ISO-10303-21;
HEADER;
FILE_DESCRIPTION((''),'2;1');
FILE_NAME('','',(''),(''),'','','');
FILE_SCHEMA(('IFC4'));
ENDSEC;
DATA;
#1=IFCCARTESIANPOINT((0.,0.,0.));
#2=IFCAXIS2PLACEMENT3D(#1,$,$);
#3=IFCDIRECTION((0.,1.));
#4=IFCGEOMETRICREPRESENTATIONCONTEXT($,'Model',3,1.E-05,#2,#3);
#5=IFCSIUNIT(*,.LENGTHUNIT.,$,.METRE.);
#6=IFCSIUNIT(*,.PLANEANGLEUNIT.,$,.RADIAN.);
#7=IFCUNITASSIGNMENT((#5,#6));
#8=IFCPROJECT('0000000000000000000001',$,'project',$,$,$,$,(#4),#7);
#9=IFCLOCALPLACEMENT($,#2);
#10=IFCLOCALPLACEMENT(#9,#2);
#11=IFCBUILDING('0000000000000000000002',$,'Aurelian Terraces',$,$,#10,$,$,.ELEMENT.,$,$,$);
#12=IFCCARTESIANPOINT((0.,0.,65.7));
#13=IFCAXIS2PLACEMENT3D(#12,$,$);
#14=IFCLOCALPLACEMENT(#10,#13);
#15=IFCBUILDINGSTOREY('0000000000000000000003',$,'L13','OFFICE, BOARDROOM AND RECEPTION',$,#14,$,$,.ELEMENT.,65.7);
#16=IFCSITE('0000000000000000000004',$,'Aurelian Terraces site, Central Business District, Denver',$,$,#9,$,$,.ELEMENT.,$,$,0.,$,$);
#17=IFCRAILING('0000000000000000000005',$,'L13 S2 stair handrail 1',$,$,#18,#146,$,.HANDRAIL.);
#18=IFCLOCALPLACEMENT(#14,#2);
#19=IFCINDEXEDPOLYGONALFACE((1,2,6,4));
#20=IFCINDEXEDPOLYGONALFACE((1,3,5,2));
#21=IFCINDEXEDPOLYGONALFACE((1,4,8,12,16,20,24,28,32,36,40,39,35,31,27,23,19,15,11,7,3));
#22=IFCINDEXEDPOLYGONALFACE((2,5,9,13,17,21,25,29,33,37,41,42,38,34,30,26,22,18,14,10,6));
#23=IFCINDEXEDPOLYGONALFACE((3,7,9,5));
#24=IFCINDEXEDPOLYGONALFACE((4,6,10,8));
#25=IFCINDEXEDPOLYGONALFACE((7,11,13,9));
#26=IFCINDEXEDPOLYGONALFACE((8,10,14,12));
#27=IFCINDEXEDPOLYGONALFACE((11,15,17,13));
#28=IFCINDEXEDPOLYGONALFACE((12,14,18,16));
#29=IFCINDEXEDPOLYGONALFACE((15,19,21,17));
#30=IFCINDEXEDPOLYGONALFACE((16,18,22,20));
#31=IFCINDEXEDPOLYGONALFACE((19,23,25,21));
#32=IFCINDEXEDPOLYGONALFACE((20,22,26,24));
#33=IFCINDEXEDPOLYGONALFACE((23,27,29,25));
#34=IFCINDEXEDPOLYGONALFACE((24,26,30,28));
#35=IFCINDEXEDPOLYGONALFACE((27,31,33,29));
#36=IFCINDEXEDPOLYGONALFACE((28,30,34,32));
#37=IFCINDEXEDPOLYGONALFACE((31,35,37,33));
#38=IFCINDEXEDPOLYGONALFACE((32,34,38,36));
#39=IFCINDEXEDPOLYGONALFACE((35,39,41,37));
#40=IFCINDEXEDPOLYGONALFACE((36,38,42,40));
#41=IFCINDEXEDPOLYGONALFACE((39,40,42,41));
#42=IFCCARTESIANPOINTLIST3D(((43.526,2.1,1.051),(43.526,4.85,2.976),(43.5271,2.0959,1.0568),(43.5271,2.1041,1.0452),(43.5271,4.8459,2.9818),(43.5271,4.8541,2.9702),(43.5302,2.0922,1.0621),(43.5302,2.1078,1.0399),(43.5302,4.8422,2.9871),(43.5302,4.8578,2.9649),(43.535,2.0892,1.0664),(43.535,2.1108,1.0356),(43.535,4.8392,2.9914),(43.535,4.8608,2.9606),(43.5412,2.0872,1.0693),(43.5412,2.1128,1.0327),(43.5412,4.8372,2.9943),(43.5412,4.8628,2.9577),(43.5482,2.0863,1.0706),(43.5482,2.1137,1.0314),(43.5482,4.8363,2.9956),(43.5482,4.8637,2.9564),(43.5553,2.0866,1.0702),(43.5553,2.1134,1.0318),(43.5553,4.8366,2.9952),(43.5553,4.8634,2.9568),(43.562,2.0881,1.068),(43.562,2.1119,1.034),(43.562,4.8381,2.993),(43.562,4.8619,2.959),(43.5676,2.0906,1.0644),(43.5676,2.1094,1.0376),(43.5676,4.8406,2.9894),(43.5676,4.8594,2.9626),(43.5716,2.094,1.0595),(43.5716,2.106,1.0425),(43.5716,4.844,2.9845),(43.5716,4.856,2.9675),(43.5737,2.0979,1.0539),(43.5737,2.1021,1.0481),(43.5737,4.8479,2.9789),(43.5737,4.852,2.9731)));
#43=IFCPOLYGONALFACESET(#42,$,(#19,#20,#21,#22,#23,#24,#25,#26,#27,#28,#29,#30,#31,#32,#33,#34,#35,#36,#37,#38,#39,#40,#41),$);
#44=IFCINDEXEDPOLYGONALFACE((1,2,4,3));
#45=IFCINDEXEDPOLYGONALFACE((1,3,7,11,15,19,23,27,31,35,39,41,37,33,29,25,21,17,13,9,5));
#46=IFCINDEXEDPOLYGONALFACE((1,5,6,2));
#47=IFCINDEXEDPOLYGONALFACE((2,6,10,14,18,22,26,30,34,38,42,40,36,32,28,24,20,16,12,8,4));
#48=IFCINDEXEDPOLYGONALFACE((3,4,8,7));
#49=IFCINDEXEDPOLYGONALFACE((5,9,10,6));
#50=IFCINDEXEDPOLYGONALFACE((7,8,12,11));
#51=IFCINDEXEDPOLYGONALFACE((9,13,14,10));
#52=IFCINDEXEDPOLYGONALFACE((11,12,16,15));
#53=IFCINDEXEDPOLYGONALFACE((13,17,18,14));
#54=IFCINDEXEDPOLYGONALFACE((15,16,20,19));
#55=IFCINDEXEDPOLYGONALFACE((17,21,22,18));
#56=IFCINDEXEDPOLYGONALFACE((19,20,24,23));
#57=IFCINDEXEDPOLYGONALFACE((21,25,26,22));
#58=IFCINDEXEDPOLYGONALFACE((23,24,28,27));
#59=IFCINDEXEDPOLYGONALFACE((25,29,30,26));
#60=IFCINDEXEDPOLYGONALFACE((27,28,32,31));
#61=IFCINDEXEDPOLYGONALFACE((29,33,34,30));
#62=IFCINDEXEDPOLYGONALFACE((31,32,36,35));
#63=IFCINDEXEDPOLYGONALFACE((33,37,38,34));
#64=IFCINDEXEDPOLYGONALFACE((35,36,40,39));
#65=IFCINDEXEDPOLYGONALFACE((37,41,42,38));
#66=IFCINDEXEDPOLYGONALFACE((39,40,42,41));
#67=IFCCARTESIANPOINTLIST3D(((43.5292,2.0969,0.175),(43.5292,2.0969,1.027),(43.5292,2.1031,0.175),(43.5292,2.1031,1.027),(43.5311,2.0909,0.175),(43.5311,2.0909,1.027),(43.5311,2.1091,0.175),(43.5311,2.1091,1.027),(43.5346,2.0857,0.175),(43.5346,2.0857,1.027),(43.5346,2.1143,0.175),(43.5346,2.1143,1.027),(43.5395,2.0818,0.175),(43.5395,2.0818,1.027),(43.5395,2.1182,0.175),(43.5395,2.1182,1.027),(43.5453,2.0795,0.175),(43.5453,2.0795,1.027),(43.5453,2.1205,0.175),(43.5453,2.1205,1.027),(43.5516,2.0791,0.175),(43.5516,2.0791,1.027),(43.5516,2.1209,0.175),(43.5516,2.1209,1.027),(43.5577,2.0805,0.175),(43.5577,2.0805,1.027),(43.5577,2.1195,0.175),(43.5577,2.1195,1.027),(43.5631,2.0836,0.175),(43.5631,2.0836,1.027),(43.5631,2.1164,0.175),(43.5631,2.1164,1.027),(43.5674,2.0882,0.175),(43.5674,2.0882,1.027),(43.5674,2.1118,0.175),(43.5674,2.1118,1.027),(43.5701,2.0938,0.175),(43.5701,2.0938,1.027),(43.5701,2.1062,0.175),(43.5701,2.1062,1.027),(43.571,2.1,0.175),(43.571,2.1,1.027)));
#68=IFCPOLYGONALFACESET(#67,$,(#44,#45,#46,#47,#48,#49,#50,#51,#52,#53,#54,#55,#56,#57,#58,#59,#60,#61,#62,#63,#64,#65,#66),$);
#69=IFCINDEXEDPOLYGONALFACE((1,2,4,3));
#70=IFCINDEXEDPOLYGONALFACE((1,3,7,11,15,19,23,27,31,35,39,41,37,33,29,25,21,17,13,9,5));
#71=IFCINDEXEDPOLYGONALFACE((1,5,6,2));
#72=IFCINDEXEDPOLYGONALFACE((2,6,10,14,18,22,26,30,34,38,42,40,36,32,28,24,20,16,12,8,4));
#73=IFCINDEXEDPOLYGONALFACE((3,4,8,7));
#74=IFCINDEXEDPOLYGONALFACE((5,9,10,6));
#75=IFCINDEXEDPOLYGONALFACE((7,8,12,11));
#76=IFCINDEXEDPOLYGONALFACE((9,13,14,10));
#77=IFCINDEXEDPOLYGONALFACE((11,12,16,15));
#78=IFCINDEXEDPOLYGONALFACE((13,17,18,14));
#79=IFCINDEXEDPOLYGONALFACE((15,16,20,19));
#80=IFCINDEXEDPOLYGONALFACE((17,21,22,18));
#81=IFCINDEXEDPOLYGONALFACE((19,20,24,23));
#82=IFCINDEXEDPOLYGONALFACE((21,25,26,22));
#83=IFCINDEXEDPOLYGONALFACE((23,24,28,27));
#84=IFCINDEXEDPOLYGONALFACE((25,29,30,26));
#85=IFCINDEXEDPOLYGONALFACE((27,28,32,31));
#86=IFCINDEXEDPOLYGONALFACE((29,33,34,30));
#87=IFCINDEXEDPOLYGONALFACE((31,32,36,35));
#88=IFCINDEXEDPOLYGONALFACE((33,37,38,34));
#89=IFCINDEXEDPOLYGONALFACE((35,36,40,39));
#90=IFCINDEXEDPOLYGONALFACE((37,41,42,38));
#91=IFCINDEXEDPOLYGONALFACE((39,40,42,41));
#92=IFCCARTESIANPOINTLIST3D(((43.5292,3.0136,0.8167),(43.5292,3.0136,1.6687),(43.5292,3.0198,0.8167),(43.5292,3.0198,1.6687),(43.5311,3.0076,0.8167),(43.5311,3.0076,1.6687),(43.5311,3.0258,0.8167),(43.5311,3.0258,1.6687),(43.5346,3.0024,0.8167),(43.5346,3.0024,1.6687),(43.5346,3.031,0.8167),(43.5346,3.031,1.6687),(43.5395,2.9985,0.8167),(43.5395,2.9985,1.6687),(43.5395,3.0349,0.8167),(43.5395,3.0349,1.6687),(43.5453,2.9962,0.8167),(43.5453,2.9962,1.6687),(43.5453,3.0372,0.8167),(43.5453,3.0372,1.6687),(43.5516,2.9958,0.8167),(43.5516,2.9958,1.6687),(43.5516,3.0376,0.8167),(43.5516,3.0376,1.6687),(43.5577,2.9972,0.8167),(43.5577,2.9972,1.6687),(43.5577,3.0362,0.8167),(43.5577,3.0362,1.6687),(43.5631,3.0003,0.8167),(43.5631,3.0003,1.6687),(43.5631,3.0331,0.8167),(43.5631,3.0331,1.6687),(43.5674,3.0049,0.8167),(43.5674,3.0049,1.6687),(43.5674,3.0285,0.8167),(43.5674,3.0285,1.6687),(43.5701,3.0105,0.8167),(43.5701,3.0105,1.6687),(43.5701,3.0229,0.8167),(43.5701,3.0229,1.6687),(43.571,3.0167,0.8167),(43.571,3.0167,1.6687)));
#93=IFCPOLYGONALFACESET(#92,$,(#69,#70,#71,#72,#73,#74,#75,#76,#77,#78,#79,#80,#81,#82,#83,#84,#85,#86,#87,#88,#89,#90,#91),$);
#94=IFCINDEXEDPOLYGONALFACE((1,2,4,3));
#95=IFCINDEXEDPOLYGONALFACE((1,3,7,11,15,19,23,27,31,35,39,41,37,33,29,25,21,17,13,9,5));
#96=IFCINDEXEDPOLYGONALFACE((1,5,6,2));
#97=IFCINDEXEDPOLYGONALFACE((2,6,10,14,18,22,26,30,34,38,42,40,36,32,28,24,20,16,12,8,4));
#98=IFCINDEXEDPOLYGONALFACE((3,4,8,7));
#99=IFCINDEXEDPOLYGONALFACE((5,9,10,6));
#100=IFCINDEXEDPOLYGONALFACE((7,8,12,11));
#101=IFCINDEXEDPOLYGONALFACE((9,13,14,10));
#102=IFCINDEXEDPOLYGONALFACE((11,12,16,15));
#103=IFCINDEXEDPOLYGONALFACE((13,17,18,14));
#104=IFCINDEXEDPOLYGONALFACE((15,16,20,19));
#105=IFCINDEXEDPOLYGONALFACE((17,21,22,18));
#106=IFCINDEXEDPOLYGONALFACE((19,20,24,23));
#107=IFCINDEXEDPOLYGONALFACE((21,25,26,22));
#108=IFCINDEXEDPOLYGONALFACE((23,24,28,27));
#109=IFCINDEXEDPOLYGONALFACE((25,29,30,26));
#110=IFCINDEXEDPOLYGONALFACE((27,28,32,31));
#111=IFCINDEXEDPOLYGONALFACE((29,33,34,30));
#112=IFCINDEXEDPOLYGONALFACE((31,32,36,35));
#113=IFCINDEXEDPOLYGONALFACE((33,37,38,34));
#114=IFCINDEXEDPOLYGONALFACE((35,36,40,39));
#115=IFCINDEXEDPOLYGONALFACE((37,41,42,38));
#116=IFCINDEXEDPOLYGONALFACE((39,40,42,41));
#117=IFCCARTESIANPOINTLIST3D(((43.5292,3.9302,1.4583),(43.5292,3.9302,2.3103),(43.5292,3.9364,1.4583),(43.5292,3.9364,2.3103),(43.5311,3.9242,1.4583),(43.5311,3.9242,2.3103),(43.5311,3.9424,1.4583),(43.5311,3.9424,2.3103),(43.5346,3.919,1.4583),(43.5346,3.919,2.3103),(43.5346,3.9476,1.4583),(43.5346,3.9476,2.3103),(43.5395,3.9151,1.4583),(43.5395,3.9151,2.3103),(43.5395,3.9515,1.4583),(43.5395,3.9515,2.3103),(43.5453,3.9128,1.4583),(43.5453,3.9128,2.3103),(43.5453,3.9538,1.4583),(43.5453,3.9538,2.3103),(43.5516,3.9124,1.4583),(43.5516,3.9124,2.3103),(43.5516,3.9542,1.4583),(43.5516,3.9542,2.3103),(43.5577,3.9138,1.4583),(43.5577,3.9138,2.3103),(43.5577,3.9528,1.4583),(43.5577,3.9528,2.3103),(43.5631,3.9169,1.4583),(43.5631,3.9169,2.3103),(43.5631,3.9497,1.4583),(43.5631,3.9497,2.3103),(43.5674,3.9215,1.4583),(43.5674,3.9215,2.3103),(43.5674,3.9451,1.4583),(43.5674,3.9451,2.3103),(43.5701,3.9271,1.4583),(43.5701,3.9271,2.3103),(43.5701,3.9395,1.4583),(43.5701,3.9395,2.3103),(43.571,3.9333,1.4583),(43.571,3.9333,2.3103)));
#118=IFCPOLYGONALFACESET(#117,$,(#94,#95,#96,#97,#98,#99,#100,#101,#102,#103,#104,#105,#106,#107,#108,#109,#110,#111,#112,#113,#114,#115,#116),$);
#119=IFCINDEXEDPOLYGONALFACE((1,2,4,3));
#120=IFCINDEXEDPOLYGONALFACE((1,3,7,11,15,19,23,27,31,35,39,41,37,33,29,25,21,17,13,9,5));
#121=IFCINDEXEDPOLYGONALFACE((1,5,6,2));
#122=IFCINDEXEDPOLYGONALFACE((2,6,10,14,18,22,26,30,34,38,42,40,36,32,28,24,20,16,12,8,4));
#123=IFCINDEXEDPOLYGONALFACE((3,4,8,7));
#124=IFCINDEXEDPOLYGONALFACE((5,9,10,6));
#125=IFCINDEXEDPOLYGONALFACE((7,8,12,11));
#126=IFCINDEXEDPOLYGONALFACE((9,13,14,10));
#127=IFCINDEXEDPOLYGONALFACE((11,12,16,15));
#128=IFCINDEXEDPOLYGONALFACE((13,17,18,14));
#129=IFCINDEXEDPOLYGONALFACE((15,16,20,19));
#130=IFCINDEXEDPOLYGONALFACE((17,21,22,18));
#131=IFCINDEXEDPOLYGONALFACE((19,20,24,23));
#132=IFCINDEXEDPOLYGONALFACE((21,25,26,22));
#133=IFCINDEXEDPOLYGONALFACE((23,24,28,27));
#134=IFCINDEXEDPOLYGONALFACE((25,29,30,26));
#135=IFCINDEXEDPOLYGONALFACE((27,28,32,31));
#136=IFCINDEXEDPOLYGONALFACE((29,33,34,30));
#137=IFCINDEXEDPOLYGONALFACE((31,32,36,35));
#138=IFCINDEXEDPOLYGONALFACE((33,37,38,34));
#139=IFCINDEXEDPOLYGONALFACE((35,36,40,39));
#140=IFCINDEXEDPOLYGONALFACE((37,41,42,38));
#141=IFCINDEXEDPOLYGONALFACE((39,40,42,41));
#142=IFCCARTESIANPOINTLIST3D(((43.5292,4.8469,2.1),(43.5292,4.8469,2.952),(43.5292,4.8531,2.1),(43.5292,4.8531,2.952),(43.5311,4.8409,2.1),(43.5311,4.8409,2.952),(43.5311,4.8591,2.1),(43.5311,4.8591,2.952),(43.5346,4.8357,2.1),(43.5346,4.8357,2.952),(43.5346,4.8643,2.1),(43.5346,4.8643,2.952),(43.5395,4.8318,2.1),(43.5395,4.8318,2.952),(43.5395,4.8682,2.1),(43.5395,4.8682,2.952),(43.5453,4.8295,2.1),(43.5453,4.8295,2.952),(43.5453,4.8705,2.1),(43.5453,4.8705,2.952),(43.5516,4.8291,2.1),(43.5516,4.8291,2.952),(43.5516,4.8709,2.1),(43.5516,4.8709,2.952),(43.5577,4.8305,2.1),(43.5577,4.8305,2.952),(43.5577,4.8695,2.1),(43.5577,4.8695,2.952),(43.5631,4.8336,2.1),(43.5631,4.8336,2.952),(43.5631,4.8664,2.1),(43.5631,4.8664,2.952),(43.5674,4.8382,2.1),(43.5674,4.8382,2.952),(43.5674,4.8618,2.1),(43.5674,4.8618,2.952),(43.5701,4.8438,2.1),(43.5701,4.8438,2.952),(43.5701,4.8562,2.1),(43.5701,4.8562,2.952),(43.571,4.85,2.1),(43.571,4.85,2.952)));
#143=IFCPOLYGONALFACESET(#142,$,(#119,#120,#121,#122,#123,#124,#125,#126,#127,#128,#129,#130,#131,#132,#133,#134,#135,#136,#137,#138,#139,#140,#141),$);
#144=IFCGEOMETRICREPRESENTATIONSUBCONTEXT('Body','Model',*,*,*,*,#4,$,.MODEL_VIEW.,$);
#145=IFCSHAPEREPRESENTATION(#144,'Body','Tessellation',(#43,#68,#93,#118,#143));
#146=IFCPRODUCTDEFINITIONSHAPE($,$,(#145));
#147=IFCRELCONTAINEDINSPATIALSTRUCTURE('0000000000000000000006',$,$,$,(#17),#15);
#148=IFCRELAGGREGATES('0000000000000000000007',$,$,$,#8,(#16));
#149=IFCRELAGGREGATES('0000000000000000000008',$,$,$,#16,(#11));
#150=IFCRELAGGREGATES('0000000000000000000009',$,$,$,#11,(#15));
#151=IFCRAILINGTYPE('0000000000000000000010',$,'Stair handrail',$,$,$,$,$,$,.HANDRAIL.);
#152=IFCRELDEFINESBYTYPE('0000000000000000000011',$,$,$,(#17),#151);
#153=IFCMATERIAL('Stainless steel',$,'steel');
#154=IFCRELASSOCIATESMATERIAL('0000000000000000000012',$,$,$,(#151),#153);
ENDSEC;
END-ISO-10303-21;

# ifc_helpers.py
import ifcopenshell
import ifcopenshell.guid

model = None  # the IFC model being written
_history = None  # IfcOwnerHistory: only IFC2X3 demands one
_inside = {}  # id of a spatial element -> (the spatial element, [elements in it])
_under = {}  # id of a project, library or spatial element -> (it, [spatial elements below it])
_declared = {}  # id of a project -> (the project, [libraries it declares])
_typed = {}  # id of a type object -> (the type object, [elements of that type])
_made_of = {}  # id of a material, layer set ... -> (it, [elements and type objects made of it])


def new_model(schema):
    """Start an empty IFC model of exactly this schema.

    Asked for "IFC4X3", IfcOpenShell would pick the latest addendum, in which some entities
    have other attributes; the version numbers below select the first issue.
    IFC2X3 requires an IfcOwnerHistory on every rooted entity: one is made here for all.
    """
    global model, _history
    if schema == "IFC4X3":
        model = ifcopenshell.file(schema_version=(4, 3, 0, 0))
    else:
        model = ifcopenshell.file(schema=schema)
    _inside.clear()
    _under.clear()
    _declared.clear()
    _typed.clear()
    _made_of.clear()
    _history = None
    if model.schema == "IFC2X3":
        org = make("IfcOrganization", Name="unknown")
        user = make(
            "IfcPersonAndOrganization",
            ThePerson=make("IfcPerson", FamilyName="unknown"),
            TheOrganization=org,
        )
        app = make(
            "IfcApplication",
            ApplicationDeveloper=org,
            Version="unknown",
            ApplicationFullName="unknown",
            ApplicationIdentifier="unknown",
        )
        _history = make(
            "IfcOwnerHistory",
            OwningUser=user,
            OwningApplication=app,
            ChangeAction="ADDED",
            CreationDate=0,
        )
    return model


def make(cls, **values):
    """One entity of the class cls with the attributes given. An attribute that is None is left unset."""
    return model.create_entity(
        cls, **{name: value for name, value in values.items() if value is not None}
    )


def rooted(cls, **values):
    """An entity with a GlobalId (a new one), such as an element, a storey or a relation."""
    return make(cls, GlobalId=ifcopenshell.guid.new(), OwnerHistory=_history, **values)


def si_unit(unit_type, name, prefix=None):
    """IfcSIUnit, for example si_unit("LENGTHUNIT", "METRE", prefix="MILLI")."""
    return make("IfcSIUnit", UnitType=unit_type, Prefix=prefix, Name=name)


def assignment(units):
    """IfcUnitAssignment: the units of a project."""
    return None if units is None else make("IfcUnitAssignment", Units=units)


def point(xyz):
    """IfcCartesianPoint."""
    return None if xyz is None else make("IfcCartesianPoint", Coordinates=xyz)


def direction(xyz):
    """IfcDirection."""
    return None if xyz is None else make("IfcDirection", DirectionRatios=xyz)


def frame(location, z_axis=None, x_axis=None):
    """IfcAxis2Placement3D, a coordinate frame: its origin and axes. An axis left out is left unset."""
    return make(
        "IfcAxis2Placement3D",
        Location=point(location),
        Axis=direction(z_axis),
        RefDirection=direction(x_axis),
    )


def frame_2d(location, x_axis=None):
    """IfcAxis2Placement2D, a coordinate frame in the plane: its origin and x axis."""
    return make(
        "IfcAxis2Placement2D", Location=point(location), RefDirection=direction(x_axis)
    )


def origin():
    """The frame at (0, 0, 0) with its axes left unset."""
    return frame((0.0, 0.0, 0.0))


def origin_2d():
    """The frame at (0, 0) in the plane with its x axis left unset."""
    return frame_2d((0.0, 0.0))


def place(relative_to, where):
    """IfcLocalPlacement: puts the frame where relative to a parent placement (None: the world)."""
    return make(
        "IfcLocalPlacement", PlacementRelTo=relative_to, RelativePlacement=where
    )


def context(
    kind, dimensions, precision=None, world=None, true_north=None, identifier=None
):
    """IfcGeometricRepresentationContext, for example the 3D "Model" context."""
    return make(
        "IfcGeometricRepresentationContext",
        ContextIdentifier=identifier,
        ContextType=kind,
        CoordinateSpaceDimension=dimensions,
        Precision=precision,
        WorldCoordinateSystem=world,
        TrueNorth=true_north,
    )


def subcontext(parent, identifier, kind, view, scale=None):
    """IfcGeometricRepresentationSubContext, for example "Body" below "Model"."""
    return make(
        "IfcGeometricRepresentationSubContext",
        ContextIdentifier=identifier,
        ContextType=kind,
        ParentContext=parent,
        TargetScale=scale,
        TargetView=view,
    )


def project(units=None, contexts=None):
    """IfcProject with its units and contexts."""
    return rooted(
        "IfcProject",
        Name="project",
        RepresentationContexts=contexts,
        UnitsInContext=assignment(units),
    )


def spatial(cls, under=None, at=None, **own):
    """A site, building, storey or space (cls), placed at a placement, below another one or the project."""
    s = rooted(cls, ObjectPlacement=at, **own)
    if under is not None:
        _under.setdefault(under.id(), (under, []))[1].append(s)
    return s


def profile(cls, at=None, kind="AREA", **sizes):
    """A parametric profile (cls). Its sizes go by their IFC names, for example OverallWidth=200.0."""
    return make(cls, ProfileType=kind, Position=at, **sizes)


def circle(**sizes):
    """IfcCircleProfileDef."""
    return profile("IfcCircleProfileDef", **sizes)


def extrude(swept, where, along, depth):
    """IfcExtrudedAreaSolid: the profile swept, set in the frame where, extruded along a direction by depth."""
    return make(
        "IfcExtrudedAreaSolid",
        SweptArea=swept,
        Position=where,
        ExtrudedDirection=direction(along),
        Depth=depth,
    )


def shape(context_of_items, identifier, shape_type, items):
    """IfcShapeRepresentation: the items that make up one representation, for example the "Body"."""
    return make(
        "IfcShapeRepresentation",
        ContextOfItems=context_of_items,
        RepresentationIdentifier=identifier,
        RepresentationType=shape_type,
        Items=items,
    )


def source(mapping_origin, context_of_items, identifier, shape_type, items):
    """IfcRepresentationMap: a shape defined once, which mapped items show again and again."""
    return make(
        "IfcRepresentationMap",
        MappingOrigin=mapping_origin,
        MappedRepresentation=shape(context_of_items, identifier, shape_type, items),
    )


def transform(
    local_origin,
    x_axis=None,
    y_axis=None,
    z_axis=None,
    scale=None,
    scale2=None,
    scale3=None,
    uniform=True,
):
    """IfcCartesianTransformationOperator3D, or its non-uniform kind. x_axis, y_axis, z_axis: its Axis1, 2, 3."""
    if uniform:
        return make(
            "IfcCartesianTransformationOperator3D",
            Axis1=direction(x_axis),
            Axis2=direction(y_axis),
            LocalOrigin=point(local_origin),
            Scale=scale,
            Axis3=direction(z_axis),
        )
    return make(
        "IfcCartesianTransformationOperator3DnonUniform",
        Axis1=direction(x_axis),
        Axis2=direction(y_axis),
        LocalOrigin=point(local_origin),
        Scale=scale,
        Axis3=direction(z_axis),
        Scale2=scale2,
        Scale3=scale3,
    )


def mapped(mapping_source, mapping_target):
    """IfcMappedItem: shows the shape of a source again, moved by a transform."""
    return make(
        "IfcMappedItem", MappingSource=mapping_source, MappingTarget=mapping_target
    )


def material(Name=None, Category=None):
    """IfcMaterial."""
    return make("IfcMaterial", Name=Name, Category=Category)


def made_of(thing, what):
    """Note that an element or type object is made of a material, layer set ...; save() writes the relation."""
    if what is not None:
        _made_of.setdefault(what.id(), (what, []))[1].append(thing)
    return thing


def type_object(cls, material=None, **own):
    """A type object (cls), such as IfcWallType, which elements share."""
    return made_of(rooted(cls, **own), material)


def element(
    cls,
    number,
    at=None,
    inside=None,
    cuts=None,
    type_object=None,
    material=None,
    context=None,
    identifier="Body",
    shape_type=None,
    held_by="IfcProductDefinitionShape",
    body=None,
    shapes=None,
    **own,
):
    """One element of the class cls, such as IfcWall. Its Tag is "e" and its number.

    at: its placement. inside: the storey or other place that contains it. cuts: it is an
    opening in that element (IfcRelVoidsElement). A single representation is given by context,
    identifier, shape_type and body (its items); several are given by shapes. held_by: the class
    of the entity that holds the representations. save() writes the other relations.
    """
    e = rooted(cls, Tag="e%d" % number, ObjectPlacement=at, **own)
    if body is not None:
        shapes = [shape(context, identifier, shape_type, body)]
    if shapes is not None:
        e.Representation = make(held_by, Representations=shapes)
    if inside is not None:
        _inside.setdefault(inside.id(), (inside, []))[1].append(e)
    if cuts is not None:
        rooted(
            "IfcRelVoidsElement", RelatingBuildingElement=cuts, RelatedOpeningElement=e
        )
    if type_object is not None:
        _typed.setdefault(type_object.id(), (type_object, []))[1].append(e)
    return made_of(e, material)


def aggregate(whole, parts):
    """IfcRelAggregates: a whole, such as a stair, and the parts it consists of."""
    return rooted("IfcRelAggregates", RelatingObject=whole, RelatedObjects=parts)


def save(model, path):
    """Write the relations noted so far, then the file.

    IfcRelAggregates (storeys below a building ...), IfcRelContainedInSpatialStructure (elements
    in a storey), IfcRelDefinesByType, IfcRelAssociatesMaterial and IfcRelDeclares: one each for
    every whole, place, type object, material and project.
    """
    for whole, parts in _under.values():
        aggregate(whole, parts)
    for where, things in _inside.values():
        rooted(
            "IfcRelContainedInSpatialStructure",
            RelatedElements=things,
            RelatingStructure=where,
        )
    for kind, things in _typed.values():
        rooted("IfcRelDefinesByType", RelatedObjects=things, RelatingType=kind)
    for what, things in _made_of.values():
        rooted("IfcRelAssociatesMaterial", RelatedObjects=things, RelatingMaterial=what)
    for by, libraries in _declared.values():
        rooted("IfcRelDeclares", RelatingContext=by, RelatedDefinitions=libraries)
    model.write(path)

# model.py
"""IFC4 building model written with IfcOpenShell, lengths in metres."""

from ifc_helpers import new_model, si_unit, direction, frame, origin, origin_2d, place, context, subcontext, project, spatial, circle, extrude, source, transform, mapped, material, type_object, element, save


model = new_model("IFC4")

# Units and contexts
model_context = context("Model", 3, precision=1e-05, world=origin(), true_north=direction((0.0, 1.0)))
body_context = subcontext(model_context, "Body", "Model", "MODEL_VIEW")
ifc_project = project(units=[si_unit("LENGTHUNIT", "METRE"), si_unit("PLANEANGLEUNIT", "RADIAN")], contexts=[model_context])

# Site, building, storey
site_placement = place(None, origin())
site = spatial("IfcSite", under=ifc_project, at=site_placement, Name="Aurelian Terraces site, Central Business District, Denver", CompositionType="ELEMENT", RefElevation=0.0)
building_placement = place(site_placement, origin())
building = spatial("IfcBuilding", under=site, at=building_placement, Name="Aurelian Terraces", CompositionType="ELEMENT")
storey_placement = place(building_placement, frame((0.0, 0.0, 65.7)))
storey = spatial("IfcBuildingStorey", under=building, at=storey_placement, Name="L13", Description="OFFICE, BOARDROOM AND RECEPTION", CompositionType="ELEMENT", Elevation=65.7)

# Railing
ifc_material_1 = material(Name="Stainless steel", Category="steel")
railing_type = type_object("IfcRailingType", Name="Stair handrail", PredefinedType="HANDRAIL", material=ifc_material_1)
shared_shape_1 = source(origin(), body_context, "Body", "SweptSolid", [
    extrude(circle(Radius=0.024, at=origin_2d()), frame((0.0, 0.0, 0.876), z_axis=(0.0, 0.819232, 0.573462), x_axis=(-1.0, 0.0, 0.0)), (0.0, 0.0, 1.0), 3.3568),
    extrude(circle(Radius=0.021, at=origin_2d()), origin(), (0.0, 0.0, 1.0), 0.852),
    extrude(circle(Radius=0.021, at=origin_2d()), frame((0.0, 0.9167, 0.6417)), (0.0, 0.0, 1.0), 0.852),
    extrude(circle(Radius=0.021, at=origin_2d()), frame((0.0, 1.8333, 1.2833)), (0.0, 0.0, 1.0), 0.852),
    extrude(circle(Radius=0.021, at=origin_2d()), frame((0.0, 2.75, 1.925)), (0.0, 0.0, 1.0), 0.852),
])
railing_placement = place(storey_placement, frame((43.55, 2.1, 0.175)))
element("IfcRailing", 1, at=railing_placement, inside=storey, type_object=railing_type, Name="L13 S2 stair handrail 1", PredefinedType="HANDRAIL", context=body_context, shape_type="MappedRepresentation", body=[
    mapped(shared_shape_1, transform((0.0, 0.0, 0.0), scale=1.0)),
])

save(model, "model.ifc")
